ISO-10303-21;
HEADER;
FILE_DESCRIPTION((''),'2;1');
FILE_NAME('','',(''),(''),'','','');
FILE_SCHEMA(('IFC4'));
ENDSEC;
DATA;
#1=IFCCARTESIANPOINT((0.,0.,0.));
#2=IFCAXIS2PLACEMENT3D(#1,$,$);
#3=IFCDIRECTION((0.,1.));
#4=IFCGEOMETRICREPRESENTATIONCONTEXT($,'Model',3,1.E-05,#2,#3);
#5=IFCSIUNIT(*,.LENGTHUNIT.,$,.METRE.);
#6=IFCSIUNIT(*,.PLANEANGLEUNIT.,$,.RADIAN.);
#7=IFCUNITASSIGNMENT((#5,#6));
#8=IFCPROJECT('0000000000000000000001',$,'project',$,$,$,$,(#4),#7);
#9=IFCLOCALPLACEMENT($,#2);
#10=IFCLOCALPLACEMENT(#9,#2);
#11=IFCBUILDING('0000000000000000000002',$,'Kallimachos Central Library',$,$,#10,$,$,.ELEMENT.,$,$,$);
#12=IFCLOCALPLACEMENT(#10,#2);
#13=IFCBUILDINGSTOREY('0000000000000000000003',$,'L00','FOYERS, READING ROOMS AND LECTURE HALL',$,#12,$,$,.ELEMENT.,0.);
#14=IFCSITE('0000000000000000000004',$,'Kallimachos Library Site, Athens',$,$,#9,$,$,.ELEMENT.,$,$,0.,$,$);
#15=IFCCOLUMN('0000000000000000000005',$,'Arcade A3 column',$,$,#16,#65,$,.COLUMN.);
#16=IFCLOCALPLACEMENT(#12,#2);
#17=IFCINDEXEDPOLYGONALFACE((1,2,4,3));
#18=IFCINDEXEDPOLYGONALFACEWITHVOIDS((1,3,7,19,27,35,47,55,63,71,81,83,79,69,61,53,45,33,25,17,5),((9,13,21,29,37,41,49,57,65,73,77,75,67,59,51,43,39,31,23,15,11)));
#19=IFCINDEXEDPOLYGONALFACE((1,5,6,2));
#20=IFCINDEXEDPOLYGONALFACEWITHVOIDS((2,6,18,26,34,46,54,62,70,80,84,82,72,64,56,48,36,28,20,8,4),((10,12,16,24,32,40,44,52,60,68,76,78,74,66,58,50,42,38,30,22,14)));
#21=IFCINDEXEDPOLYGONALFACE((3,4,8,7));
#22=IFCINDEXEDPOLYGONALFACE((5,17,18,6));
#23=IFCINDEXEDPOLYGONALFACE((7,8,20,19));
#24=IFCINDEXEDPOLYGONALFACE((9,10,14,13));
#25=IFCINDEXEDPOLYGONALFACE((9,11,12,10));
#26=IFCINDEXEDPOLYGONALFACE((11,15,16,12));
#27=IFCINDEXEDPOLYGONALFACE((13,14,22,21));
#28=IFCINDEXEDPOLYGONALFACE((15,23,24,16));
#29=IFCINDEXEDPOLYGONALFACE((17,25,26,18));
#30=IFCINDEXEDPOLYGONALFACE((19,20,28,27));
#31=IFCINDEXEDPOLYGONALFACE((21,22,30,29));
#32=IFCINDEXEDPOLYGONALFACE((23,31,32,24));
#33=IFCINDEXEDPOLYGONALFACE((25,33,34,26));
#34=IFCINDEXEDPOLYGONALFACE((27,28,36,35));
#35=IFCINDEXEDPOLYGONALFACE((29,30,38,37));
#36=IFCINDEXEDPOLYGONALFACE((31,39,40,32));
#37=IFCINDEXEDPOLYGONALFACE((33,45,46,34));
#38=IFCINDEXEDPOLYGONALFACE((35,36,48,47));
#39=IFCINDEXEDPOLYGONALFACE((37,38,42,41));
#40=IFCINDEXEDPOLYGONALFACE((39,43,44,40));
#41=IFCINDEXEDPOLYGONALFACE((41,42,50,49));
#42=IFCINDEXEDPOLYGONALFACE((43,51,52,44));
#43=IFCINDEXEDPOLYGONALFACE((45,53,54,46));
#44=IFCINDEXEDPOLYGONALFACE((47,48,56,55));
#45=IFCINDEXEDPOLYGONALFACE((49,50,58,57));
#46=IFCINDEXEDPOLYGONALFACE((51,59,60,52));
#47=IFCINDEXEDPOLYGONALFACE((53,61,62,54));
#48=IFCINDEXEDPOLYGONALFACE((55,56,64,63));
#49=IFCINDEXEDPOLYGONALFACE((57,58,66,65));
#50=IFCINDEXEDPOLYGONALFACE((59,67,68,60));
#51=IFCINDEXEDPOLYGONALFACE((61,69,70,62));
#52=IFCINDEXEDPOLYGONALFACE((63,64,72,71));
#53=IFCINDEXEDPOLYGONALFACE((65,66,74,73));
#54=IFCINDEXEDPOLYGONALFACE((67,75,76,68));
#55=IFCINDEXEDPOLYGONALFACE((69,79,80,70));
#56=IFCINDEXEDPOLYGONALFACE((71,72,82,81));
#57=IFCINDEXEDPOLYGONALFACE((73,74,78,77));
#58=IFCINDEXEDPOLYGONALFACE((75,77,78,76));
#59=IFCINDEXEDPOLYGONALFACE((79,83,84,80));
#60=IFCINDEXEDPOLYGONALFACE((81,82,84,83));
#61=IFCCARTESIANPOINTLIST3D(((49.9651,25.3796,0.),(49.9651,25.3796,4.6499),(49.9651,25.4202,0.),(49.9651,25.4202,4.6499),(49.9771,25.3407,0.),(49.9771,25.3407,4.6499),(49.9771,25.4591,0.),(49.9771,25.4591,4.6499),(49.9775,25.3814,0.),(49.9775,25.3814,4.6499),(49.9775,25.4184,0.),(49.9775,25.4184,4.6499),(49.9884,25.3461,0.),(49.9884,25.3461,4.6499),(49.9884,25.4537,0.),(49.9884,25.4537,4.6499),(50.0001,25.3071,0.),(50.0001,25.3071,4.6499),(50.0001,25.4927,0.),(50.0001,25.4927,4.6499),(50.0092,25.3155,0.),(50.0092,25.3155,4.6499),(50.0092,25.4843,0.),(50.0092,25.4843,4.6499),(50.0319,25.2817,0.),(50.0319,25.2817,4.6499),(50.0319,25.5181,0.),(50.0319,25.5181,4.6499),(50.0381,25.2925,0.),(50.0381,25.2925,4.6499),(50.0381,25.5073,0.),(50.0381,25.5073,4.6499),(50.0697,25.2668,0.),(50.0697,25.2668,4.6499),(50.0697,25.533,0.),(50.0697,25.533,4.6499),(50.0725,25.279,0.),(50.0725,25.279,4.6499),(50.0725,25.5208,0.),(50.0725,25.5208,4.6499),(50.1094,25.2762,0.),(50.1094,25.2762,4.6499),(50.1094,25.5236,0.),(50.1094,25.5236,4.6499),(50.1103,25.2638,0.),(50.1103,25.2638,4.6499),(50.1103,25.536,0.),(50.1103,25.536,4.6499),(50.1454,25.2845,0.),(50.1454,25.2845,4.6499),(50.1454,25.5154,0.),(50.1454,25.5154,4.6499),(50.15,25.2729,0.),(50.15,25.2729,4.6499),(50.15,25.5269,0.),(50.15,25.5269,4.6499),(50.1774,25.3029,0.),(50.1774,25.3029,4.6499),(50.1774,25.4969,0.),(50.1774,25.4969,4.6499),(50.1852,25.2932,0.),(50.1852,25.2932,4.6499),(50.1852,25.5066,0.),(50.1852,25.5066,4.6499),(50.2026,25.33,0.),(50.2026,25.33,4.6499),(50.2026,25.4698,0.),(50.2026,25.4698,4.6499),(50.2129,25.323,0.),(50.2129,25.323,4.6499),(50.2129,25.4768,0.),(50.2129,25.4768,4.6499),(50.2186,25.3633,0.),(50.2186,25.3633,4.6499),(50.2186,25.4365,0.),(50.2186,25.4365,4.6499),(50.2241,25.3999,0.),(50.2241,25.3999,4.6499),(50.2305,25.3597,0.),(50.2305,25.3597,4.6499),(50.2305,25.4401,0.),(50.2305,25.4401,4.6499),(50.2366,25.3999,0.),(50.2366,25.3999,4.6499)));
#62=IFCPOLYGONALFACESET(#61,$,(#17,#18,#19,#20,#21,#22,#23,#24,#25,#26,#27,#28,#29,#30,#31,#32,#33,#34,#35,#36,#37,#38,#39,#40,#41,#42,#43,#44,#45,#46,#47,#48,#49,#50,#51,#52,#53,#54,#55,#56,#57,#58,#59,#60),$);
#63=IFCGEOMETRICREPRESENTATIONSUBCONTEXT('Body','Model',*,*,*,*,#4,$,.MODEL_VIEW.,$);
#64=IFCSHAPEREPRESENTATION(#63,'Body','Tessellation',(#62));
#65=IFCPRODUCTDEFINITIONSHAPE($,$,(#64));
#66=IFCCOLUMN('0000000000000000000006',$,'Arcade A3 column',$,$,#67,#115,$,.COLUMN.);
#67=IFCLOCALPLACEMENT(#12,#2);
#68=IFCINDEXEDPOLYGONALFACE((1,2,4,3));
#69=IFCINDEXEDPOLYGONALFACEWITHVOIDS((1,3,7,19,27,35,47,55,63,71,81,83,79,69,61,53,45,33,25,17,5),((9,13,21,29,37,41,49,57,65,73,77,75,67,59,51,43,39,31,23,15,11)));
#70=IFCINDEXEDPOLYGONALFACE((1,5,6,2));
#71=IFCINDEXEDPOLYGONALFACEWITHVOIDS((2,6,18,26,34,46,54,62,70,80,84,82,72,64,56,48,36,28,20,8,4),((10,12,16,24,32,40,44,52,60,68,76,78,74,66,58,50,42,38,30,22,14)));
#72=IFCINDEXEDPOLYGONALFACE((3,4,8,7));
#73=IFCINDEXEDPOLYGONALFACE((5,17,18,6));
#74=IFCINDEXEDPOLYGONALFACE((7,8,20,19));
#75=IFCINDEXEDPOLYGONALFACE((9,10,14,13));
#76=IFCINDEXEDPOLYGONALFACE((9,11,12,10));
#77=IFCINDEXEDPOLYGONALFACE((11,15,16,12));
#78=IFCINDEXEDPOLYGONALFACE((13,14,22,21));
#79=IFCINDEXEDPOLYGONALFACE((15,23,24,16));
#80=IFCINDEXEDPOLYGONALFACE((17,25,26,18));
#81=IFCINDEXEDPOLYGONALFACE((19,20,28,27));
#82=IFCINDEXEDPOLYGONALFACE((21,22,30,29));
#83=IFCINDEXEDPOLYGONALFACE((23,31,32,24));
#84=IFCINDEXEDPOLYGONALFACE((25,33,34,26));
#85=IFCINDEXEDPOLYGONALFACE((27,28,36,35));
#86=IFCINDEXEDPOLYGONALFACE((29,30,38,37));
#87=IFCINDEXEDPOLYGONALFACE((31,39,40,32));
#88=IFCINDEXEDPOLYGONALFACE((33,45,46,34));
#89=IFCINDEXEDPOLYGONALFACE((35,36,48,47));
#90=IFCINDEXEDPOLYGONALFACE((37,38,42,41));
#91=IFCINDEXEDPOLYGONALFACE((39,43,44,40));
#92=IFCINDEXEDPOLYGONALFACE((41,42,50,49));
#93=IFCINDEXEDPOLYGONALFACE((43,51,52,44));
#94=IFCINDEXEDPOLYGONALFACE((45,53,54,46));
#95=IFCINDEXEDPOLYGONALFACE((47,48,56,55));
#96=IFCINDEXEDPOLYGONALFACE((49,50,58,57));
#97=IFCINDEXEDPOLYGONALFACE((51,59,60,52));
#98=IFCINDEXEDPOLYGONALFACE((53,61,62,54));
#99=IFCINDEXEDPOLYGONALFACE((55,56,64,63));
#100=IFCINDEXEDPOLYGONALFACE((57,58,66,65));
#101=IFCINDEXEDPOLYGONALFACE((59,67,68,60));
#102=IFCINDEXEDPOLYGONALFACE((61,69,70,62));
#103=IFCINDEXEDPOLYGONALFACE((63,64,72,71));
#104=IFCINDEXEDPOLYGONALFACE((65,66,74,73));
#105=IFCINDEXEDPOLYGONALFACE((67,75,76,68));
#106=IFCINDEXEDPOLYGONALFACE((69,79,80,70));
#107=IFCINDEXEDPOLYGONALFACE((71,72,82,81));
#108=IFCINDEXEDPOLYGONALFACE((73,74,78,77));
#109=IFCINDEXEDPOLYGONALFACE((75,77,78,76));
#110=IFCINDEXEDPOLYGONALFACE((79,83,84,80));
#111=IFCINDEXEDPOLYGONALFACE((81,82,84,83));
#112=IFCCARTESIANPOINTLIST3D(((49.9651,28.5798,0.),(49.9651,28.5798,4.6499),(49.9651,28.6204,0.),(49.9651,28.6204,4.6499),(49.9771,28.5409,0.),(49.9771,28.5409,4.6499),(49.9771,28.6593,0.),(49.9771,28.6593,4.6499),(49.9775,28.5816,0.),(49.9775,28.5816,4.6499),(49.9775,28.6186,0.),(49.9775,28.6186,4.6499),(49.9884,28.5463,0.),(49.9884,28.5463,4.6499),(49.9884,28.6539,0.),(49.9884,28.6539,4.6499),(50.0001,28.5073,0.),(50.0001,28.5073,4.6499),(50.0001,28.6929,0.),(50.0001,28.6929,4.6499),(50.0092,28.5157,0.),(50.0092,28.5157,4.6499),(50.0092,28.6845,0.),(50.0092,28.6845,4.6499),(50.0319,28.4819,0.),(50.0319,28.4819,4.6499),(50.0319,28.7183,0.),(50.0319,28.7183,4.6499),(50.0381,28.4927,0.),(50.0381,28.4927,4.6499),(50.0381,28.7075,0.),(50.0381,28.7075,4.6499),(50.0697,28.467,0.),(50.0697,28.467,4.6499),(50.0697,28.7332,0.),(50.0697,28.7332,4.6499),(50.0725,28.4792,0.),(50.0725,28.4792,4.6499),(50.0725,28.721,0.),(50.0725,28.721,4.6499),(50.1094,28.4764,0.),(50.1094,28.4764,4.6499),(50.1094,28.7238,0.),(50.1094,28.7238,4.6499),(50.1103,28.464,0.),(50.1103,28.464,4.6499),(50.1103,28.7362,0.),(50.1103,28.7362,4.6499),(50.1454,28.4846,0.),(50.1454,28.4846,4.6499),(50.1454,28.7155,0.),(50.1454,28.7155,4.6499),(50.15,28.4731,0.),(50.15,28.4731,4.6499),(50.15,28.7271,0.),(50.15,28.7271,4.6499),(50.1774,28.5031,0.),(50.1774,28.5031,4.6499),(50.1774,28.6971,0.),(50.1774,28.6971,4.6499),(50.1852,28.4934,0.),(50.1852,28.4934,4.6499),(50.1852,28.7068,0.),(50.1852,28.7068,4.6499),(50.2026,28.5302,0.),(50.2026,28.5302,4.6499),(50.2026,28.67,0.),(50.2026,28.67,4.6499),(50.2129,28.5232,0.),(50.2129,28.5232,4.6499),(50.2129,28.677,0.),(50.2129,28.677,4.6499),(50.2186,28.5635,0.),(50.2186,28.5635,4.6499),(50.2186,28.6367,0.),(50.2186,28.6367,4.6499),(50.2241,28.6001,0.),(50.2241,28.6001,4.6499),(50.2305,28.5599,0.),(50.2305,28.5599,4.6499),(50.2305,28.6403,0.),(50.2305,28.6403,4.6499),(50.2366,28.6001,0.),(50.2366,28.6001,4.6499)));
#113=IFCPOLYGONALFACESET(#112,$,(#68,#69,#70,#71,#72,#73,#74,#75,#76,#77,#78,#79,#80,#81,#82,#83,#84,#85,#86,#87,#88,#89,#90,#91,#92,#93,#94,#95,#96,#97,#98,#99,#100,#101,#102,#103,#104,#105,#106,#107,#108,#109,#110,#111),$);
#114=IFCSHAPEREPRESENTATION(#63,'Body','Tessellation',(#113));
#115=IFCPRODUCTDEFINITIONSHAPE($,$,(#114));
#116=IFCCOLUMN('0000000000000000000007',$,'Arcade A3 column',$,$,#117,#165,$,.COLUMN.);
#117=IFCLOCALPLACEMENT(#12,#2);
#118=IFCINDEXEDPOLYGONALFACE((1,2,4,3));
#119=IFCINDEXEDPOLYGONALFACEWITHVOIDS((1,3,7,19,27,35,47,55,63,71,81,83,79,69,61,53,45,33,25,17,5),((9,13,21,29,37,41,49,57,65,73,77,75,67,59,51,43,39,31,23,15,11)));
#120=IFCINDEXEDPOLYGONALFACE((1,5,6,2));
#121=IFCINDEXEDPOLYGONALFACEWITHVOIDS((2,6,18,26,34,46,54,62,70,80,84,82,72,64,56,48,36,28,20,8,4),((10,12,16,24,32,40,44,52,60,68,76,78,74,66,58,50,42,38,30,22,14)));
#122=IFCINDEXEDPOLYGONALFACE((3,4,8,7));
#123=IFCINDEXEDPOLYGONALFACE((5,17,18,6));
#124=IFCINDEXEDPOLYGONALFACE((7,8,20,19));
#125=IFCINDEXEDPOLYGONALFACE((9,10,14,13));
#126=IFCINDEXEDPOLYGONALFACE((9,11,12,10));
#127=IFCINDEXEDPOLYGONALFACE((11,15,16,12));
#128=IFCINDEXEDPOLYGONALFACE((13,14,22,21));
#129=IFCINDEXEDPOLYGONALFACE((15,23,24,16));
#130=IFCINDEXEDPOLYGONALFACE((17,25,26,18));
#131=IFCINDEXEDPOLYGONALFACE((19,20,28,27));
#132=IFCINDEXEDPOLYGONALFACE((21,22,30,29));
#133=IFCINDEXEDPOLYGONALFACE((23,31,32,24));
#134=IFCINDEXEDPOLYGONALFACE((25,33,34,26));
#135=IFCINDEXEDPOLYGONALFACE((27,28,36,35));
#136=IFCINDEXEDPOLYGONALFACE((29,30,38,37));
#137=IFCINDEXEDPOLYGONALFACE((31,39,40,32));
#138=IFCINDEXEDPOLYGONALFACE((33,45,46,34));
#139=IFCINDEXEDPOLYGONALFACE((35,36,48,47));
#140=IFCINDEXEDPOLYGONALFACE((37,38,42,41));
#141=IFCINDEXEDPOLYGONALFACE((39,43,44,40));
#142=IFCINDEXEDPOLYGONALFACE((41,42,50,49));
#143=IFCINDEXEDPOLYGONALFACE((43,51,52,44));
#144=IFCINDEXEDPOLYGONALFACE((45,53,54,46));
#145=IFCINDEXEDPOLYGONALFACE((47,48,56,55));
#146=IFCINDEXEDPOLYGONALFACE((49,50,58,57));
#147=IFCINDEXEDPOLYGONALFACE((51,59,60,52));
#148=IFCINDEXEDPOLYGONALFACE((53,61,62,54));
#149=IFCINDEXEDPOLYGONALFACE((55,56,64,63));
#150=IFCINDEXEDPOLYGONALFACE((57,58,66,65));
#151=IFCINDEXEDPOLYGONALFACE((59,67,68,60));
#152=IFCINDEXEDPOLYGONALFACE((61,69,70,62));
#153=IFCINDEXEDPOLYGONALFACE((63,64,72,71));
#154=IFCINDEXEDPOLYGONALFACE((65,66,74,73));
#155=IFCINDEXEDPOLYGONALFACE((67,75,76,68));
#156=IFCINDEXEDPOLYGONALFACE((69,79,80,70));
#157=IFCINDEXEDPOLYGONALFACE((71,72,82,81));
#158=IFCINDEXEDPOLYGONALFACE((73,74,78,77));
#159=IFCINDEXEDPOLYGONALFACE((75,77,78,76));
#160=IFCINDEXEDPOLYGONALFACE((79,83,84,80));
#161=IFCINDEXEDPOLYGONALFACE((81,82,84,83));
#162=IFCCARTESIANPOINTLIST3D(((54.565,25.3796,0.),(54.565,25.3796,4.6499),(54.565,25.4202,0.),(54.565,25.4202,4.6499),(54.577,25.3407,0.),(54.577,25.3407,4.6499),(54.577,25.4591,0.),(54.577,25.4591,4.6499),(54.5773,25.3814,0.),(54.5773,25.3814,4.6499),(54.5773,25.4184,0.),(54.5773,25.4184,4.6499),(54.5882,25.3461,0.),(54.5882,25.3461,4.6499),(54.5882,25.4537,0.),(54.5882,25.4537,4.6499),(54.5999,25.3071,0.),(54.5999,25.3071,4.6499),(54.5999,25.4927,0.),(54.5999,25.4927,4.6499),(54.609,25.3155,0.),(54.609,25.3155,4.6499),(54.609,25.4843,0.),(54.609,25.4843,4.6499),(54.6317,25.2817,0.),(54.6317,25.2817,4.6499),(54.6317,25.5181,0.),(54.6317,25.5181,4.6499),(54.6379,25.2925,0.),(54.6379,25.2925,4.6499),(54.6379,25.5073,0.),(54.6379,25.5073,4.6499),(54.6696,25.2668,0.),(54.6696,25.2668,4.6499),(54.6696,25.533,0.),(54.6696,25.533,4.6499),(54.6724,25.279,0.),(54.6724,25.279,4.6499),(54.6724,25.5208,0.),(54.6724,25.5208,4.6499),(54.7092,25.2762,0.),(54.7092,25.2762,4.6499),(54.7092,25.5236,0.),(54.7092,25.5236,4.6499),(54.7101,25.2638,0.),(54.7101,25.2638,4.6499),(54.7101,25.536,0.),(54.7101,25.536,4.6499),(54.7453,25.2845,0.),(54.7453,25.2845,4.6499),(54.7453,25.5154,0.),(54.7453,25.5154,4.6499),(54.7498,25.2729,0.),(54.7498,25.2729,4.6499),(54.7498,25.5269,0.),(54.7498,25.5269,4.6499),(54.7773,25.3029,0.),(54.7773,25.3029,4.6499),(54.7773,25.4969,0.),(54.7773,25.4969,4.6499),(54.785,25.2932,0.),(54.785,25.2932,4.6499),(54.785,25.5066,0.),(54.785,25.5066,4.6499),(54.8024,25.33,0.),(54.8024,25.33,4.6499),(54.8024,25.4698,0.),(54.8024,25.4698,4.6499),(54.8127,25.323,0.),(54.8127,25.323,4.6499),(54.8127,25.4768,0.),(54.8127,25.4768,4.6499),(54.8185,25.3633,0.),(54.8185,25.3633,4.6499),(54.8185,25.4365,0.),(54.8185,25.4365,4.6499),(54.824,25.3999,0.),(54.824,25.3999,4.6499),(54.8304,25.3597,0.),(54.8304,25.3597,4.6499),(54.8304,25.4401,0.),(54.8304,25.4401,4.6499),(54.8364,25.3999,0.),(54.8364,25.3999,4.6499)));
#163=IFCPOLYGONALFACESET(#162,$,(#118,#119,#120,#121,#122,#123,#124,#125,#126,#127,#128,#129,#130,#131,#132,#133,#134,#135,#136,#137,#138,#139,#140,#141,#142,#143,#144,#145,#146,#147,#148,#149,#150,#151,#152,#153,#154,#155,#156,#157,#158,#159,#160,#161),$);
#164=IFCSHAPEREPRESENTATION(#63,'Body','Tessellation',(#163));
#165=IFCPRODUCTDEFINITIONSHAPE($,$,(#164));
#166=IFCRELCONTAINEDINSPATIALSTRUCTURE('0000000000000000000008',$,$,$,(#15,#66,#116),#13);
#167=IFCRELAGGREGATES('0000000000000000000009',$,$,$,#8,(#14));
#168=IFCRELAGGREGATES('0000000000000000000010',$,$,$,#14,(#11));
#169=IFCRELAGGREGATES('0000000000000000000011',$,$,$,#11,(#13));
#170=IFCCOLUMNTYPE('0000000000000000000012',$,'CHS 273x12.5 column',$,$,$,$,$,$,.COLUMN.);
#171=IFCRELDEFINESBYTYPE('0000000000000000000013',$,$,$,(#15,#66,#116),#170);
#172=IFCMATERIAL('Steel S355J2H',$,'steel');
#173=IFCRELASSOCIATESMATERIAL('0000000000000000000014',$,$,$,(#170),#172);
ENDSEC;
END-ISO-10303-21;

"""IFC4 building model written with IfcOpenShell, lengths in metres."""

from ifc_helpers import new_model, si_unit, direction, frame, origin, origin_2d, place, context, subcontext, project, spatial, hollow_circle, extrude, material, material_profile, profile_set, type_object, element, save


model = new_model("IFC4")

# Units and contexts
model_context = context("Model", 3, precision=1e-05, world=origin(), true_north=direction((0.0, 1.0)))
body_context = subcontext(model_context, "Body", "Model", "MODEL_VIEW")
ifc_project = project(units=[si_unit("LENGTHUNIT", "METRE"), si_unit("PLANEANGLEUNIT", "RADIAN")], contexts=[model_context])

# Site, building, storey
site_placement = place(None, origin())
site = spatial("IfcSite", under=ifc_project, at=site_placement, Name="Kallimachos Library Site, Athens", CompositionType="ELEMENT", RefElevation=0.0)
building_placement = place(site_placement, origin())
building = spatial("IfcBuilding", under=site, at=building_placement, Name="Kallimachos Central Library", CompositionType="ELEMENT")
storey_placement = place(building_placement, origin())
storey = spatial("IfcBuildingStorey", under=building, at=storey_placement, Name="L00", Description="FOYERS, READING ROOMS AND LECTURE HALL", CompositionType="ELEMENT", Elevation=0.0)

# Columns
ifc_material_1 = material(Name="Steel S355J2H", Category="steel")
ifc_material_profile_1 = material_profile(ifc_material_1, hollow_circle(Radius=0.1365, WallThickness=0.0125, at=origin_2d()), Name="CHS 273x12.5")
ifc_profile_set_1 = profile_set([ifc_material_profile_1], Name="Steel S355J2H")
column_type = type_object("IfcColumnType", Name="CHS 273x12.5 column", PredefinedType="COLUMN", material=ifc_profile_set_1)
for number, where, z_axis, x_axis, name in (
    (1, (50.1001, 25.3999, 0.0), (0.0, 0.0, 1.0), (1.0, 0.0, 0.0), "Arcade A3 column"),
    (2, (50.1001, 28.6001, 0.0), (0.0, 0.0, 1.0), (1.0, 0.0, 0.0), "Arcade A3 column"),
    (3, (54.7, 25.3999, 0.0), (0.0, 0.0, 1.0), (1.0, 0.0, 0.0), "Arcade A3 column"),
):
    element("IfcColumn", number, at=place(storey_placement, frame(where, z_axis=z_axis, x_axis=x_axis)), inside=storey, type_object=column_type, Name=name, PredefinedType="COLUMN", context=body_context, shape_type="SweptSolid", body=[
        extrude(hollow_circle(Radius=0.1365, WallThickness=0.0125, at=origin_2d()), origin(), (0.0, 0.0, 1.0), 4.6499),
    ])

save(model, "model.ifc")
